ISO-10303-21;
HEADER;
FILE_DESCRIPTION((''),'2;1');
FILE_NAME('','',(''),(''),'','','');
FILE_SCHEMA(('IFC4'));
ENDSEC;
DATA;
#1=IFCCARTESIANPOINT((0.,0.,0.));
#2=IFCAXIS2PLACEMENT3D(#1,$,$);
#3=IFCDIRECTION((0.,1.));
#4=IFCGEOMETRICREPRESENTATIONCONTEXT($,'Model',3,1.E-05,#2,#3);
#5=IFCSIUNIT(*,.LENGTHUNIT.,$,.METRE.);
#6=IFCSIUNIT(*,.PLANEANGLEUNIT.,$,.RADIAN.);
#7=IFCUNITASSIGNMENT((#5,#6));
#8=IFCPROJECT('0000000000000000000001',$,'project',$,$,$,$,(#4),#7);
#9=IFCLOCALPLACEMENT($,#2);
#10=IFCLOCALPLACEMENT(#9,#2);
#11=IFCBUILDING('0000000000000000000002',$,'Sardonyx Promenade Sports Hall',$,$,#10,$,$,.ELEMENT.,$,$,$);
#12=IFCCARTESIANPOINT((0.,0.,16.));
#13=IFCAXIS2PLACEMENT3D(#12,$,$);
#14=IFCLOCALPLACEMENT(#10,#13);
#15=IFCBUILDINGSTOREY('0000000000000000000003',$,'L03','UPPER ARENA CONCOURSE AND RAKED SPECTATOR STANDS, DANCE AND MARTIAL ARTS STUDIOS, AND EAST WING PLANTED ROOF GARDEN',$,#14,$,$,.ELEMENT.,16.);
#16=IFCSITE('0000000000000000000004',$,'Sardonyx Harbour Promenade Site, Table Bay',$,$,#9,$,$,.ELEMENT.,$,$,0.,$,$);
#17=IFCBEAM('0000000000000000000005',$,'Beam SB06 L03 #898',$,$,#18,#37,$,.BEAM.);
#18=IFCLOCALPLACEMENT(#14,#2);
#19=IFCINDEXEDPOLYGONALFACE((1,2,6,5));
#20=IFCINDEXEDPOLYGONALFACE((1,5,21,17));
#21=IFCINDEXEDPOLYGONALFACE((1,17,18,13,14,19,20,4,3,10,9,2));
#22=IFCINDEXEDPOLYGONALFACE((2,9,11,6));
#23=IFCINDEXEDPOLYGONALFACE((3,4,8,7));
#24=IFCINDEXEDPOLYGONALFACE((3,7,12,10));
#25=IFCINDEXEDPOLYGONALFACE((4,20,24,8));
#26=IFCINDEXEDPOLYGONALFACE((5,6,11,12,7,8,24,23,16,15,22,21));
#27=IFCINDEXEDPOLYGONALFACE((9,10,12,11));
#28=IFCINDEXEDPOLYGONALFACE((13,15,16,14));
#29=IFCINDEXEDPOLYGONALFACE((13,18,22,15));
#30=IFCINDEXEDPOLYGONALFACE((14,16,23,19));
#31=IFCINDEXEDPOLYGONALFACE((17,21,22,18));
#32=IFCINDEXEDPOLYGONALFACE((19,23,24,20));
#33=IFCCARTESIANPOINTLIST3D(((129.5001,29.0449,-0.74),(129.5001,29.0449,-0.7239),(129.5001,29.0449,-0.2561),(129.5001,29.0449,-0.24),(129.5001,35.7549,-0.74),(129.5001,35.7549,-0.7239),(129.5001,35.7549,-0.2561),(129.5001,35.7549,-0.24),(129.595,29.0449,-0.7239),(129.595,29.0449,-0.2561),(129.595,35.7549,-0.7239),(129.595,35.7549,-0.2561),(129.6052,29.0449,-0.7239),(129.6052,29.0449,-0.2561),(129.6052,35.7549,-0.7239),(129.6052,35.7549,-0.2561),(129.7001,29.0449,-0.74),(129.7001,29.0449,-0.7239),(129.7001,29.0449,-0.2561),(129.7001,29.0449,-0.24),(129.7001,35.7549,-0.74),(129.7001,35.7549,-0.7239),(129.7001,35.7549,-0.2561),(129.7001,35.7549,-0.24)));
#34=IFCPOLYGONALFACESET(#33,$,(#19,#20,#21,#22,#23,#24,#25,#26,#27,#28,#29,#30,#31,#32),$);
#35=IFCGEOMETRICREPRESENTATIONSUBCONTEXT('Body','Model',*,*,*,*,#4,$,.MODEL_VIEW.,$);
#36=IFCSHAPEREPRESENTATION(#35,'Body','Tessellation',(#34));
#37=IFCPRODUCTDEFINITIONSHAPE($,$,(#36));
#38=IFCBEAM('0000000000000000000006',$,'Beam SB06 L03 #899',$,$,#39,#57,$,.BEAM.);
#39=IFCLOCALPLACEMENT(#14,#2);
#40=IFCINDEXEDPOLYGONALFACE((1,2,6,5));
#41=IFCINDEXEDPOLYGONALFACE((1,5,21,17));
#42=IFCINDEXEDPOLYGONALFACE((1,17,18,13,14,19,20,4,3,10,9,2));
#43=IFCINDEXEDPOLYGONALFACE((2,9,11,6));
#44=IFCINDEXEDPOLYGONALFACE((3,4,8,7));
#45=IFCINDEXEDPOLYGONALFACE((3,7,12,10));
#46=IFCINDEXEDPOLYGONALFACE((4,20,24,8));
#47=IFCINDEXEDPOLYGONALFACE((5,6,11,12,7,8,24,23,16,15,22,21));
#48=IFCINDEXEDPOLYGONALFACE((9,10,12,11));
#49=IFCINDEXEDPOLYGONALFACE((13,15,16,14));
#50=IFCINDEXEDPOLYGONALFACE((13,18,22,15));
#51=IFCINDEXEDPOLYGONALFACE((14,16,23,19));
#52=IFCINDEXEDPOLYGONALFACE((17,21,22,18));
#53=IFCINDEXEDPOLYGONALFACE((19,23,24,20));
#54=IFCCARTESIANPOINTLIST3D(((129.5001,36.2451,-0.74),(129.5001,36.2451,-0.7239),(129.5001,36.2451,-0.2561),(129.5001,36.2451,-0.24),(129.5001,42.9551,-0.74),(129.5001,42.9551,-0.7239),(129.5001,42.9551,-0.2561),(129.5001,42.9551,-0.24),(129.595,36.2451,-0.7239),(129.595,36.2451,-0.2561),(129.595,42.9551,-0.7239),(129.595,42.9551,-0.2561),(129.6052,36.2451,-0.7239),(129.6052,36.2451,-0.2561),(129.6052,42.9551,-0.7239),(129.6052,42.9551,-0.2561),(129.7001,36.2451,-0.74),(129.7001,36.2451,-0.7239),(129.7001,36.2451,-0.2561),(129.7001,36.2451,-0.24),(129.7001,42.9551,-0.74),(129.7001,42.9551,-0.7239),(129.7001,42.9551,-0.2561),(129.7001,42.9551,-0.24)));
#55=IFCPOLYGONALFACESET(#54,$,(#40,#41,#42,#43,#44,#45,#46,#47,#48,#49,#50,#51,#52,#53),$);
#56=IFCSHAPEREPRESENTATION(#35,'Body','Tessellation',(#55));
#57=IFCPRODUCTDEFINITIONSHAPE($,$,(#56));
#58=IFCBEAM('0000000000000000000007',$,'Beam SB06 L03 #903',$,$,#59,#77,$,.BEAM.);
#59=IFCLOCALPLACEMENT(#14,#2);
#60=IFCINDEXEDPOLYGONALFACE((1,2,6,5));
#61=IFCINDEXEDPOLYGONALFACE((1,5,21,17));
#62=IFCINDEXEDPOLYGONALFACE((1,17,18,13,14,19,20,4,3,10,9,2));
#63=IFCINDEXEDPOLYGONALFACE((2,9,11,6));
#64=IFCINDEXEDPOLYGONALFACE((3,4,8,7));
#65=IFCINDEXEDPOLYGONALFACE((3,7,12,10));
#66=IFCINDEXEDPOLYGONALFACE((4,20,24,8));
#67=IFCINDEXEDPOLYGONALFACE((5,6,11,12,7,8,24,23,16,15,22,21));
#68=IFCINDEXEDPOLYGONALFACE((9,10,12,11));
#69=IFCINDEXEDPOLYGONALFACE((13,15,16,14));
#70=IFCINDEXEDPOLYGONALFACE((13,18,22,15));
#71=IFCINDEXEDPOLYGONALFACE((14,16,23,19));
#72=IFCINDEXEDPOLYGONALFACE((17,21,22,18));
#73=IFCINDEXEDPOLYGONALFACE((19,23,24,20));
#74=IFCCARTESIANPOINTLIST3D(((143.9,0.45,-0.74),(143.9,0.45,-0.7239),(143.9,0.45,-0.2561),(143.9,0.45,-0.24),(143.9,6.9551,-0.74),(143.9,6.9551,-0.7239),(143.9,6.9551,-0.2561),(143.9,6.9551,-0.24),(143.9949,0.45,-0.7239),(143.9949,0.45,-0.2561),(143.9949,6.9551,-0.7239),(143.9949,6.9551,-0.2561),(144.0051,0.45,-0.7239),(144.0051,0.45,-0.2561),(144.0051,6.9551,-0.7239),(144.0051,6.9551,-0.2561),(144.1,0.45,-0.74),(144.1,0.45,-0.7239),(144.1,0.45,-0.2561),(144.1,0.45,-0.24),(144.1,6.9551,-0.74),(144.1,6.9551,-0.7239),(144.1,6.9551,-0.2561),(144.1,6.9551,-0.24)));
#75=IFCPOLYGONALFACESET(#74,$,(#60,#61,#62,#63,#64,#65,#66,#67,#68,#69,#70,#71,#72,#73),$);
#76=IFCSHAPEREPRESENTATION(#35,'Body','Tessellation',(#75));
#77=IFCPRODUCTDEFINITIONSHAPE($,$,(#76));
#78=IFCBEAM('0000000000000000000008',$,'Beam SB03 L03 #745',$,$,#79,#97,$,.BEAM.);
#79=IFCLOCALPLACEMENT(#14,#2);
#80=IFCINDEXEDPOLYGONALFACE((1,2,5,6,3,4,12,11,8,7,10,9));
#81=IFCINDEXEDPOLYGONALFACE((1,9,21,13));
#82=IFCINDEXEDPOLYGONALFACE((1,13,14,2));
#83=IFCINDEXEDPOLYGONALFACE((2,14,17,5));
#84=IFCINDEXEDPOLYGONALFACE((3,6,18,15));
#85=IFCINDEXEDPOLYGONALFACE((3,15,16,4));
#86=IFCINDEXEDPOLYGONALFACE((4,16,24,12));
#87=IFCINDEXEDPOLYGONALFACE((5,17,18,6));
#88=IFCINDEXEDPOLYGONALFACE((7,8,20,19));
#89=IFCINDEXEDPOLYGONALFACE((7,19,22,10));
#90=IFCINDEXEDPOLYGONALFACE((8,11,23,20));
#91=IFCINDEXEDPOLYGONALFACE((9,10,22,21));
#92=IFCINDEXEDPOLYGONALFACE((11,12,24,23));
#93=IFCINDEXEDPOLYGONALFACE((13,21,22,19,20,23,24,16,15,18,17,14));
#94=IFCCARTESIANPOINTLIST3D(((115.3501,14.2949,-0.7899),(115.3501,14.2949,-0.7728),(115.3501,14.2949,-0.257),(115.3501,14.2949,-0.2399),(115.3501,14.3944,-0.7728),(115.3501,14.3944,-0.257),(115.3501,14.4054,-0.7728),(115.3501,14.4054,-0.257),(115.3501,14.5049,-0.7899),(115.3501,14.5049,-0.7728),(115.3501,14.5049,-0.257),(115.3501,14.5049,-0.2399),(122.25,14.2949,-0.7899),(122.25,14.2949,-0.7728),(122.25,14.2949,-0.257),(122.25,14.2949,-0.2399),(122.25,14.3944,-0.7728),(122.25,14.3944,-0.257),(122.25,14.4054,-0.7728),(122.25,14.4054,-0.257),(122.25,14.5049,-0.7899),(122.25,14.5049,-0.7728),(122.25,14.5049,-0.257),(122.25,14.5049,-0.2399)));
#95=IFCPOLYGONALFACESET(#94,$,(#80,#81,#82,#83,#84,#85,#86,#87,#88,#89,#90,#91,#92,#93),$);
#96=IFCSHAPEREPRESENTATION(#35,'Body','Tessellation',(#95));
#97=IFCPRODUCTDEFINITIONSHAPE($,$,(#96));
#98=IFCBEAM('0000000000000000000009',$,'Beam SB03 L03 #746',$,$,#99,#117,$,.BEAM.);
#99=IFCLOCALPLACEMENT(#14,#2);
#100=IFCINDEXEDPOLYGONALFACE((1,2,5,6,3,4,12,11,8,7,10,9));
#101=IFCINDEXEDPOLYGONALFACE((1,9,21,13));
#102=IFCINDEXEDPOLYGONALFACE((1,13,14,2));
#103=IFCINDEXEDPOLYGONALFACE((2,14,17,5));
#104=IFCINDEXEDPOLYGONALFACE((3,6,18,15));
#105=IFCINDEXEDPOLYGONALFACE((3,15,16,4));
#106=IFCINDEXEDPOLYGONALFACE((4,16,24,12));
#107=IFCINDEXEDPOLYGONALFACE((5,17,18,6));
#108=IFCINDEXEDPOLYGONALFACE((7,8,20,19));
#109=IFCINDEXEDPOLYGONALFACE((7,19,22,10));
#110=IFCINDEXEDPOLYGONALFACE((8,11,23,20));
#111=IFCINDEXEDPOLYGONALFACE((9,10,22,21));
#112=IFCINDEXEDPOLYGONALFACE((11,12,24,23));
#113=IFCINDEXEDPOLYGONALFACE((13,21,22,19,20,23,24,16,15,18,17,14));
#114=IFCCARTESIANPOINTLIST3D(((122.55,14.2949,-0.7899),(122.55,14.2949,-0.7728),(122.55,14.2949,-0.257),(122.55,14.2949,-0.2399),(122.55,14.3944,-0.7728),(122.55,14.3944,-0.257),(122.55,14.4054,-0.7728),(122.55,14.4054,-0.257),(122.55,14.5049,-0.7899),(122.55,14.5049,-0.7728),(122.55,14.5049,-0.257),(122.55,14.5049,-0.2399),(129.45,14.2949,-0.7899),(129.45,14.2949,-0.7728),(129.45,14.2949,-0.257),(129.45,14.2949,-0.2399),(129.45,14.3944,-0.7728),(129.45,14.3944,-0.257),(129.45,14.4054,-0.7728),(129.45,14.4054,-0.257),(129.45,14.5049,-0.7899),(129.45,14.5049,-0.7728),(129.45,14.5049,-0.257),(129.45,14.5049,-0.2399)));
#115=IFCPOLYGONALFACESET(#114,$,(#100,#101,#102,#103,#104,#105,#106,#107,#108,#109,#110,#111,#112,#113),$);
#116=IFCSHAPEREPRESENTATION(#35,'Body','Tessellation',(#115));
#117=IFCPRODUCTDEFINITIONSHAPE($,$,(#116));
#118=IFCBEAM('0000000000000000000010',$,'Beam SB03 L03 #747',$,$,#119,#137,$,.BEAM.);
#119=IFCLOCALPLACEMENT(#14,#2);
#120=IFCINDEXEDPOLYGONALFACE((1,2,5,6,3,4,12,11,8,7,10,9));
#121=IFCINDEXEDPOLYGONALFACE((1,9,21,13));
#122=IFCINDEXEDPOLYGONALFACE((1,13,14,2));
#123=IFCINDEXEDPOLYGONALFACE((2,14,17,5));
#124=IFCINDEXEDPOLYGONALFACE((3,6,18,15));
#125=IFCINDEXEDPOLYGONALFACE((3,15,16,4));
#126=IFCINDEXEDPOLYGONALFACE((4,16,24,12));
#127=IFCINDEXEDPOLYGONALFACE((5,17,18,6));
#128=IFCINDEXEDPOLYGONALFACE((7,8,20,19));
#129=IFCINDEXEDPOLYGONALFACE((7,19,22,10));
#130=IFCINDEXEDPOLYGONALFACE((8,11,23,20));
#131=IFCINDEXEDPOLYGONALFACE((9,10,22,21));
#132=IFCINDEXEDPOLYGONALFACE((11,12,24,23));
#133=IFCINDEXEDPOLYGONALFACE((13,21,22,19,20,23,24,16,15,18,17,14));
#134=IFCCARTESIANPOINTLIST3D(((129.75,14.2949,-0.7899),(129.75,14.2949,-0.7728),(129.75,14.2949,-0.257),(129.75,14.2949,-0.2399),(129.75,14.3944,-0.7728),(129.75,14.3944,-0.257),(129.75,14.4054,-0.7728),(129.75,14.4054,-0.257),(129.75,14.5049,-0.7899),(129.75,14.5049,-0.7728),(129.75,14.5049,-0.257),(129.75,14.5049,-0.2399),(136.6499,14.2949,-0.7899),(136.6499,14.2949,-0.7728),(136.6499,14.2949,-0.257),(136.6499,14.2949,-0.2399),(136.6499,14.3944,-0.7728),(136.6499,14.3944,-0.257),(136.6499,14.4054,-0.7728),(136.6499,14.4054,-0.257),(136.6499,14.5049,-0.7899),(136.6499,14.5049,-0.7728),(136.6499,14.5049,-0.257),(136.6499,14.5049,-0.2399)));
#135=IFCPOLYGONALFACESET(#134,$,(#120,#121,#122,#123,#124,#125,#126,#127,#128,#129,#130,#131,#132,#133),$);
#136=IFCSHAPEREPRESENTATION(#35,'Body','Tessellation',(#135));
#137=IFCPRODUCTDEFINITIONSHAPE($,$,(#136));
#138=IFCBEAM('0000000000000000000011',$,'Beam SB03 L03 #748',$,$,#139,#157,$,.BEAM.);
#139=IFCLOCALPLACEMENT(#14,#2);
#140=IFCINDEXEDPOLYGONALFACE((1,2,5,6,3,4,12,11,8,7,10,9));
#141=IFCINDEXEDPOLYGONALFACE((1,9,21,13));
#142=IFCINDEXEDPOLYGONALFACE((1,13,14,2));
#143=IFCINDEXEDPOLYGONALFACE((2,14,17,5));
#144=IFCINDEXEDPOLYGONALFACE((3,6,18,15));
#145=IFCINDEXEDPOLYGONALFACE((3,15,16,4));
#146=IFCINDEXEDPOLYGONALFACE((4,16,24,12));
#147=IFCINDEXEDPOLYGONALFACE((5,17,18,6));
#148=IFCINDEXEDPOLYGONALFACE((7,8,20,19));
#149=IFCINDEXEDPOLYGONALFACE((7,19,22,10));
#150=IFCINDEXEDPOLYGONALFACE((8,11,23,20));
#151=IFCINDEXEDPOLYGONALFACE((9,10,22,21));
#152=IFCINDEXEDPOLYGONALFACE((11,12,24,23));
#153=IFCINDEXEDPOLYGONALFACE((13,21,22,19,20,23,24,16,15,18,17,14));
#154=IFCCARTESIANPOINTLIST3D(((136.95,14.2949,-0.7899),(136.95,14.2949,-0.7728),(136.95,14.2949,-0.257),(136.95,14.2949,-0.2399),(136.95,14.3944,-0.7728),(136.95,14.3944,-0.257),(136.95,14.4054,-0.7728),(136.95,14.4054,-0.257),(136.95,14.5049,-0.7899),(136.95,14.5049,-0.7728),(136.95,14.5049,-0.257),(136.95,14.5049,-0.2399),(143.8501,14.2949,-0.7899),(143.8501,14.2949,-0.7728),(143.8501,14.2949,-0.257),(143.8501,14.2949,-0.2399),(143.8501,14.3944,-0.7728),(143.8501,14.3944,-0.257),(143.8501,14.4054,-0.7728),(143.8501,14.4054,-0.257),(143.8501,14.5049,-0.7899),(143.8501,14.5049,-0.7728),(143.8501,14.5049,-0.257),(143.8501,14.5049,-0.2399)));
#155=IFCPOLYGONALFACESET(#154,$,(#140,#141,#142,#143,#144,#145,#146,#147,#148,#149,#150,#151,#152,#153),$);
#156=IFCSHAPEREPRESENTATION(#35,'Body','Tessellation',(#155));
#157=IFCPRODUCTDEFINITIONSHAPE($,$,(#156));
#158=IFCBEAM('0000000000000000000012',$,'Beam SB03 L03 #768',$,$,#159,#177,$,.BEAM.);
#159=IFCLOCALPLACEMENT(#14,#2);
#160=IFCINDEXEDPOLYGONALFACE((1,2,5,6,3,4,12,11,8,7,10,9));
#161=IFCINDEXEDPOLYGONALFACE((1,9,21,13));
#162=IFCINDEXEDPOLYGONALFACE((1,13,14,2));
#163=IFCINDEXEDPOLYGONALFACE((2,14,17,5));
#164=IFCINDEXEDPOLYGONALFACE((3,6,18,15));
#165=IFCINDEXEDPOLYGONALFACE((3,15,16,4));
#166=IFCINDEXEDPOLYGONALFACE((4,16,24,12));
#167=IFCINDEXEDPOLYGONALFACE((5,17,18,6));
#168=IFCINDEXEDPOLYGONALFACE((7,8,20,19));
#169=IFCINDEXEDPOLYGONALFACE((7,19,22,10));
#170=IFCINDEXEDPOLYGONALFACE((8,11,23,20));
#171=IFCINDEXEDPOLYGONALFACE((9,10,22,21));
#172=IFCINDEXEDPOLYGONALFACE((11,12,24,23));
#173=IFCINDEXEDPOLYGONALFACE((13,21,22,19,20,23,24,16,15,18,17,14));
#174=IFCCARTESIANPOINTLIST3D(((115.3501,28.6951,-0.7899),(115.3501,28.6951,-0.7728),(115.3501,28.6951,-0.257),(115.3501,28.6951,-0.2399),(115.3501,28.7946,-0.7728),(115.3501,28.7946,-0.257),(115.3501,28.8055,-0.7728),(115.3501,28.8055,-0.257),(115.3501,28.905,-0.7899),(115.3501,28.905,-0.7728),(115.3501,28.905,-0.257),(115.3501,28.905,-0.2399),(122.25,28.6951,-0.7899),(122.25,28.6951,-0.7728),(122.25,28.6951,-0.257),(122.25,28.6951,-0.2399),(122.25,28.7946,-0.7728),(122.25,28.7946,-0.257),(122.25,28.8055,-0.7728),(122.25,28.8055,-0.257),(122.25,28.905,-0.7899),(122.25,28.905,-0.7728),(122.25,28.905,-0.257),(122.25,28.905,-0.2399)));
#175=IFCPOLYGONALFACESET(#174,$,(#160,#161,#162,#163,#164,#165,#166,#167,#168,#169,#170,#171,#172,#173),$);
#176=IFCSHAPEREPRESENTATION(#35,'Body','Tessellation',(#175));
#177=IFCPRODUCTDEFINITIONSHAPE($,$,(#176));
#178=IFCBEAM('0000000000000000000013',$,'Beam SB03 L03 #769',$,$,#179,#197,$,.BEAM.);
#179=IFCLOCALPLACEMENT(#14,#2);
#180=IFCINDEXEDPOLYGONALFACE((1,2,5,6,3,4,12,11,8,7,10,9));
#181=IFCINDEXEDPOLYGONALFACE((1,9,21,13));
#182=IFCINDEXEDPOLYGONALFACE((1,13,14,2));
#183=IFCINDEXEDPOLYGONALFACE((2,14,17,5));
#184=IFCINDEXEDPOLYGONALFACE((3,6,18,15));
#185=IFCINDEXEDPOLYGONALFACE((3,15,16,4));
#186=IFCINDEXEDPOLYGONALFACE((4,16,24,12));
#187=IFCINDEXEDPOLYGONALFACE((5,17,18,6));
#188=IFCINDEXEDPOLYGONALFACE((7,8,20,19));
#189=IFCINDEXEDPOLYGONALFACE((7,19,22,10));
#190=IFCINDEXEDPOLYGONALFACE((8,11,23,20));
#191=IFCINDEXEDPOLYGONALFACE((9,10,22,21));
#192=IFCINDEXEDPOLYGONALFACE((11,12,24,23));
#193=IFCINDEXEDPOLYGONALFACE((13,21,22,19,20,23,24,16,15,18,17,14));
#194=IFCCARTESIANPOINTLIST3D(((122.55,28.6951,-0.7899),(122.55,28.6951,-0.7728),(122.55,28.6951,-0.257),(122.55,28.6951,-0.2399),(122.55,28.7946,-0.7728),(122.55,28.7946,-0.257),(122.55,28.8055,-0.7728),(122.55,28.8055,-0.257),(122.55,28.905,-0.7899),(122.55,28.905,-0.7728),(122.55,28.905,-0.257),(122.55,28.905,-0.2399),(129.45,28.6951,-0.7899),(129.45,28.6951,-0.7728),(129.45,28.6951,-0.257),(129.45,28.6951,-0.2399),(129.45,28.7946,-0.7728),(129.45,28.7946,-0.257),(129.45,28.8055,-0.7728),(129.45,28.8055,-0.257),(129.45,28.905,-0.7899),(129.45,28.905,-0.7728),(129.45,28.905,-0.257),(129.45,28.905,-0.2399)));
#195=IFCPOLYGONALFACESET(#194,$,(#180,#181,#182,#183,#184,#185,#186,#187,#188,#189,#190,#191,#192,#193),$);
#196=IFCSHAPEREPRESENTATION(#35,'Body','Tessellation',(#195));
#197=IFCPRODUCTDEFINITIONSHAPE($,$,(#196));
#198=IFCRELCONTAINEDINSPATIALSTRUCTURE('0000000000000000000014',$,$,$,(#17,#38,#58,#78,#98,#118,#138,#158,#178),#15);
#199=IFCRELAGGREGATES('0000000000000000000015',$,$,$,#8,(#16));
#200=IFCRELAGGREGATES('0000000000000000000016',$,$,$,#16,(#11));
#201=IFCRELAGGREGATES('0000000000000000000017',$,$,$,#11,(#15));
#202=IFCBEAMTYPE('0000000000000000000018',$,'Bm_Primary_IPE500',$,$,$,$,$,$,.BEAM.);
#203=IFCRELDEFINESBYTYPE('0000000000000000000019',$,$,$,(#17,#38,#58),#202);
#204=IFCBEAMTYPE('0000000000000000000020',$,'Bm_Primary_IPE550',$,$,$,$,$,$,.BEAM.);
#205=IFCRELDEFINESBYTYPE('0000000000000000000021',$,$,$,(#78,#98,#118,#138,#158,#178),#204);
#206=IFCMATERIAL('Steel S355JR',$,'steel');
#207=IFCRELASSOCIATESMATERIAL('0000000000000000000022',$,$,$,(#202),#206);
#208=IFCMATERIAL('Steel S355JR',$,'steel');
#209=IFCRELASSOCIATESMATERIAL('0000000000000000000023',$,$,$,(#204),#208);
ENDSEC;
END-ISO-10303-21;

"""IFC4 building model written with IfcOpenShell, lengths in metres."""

from ifc_helpers import new_model, si_unit, direction, frame, origin, origin_2d, place, context, subcontext, project, spatial, i_section, extrude, material, material_profile, profile_set, type_object, element, save


model = new_model("IFC4")

# Units and contexts
model_context = context("Model", 3, precision=1e-05, world=origin(), true_north=direction((0.0, 1.0)))
body_context = subcontext(model_context, "Body", "Model", "MODEL_VIEW")
ifc_project = project(units=[si_unit("LENGTHUNIT", "METRE"), si_unit("PLANEANGLEUNIT", "RADIAN")], contexts=[model_context])

# Site, building, storey
site_placement = place(None, origin())
site = spatial("IfcSite", under=ifc_project, at=site_placement, Name="Sardonyx Harbour Promenade Site, Table Bay", CompositionType="ELEMENT", RefElevation=0.0)
building_placement = place(site_placement, origin())
building = spatial("IfcBuilding", under=site, at=building_placement, Name="Sardonyx Promenade Sports Hall", CompositionType="ELEMENT")
storey_placement = place(building_placement, frame((0.0, 0.0, 16.0)))
storey = spatial("IfcBuildingStorey", under=building, at=storey_placement, Name="L03", Description="UPPER ARENA CONCOURSE AND RAKED SPECTATOR STANDS, DANCE AND MARTIAL ARTS STUDIOS, AND EAST WING PLANTED ROOF GARDEN", CompositionType="ELEMENT", Elevation=16.0)

# Beams
ifc_material_1 = material(Name="Steel S355JR", Category="steel")
ifc_material_profile_1 = material_profile(ifc_material_1, i_section(OverallWidth=0.2, OverallDepth=0.5, WebThickness=0.0103, FlangeThickness=0.0161, at=origin_2d()))
ifc_profile_set_1 = profile_set([ifc_material_profile_1], Name="Steel S355JR")
beam_type_1 = type_object("IfcBeamType", Name="Bm_Primary_IPE500", PredefinedType="BEAM", material=ifc_profile_set_1)
for number, where, z_axis, x_axis, name in (
    (1, (129.6001, 29.0449, -0.49), (0.0, 1.0, 0.0), (-1.0, 0.0, 0.0), "Beam SB06 L03 #898"),
    (2, (129.6001, 36.2451, -0.49), (0.0, 1.0, 0.0), (-1.0, 0.0, 0.0), "Beam SB06 L03 #899"),
):
    element("IfcBeam", number, at=place(storey_placement, frame(where, z_axis=z_axis, x_axis=x_axis)), inside=storey, type_object=beam_type_1, Name=name, PredefinedType="BEAM", context=body_context, shape_type="SweptSolid", body=[
        extrude(i_section(OverallWidth=0.2, OverallDepth=0.5, WebThickness=0.0103, FlangeThickness=0.0161, at=origin_2d()), origin(), (0.0, 0.0, 1.0), 6.71),
    ])
beam_1_placement = place(storey_placement, frame((144.0, 0.45, -0.49), z_axis=(0.0, 1.0, 0.0), x_axis=(-1.0, 0.0, 0.0)))
element("IfcBeam", 3, at=beam_1_placement, inside=storey, type_object=beam_type_1, Name="Beam SB06 L03 #903", PredefinedType="BEAM", context=body_context, shape_type="SweptSolid", body=[
    extrude(i_section(OverallWidth=0.2, OverallDepth=0.5, WebThickness=0.0103, FlangeThickness=0.0161, at=origin_2d()), origin(), (0.0, 0.0, 1.0), 6.5051),
])
ifc_material_2 = material(Name="Steel S355JR", Category="steel")
ifc_material_profile_2 = material_profile(ifc_material_2, i_section(OverallWidth=0.21, OverallDepth=0.55, WebThickness=0.011, FlangeThickness=0.0171, at=origin_2d()))
ifc_profile_set_2 = profile_set([ifc_material_profile_2], Name="Steel S355JR")
beam_type_2 = type_object("IfcBeamType", Name="Bm_Primary_IPE550", PredefinedType="BEAM", material=ifc_profile_set_2)
for number, where, z_axis, x_axis, name in (
    (4, (115.3501, 14.3999, -0.5149), (1.0, 0.0, 0.0), (0.0, 1.0, 0.0), "Beam SB03 L03 #745"),
    (5, (122.55, 14.3999, -0.5149), (1.0, 0.0, 0.0), (0.0, 1.0, 0.0), "Beam SB03 L03 #746"),
    (6, (129.75, 14.3999, -0.5149), (1.0, 0.0, 0.0), (0.0, 1.0, 0.0), "Beam SB03 L03 #747"),
):
    element("IfcBeam", number, at=place(storey_placement, frame(where, z_axis=z_axis, x_axis=x_axis)), inside=storey, type_object=beam_type_2, Name=name, PredefinedType="BEAM", context=body_context, shape_type="SweptSolid", body=[
        extrude(i_section(OverallWidth=0.21, OverallDepth=0.55, WebThickness=0.011, FlangeThickness=0.0171, at=origin_2d()), origin(), (0.0, 0.0, 1.0), 6.8999),
    ])
beam_2_placement = place(storey_placement, frame((136.95, 14.3999, -0.5149), z_axis=(1.0, 0.0, 0.0), x_axis=(0.0, 1.0, 0.0)))
element("IfcBeam", 7, at=beam_2_placement, inside=storey, type_object=beam_type_2, Name="Beam SB03 L03 #748", PredefinedType="BEAM", context=body_context, shape_type="SweptSolid", body=[
    extrude(i_section(OverallWidth=0.21, OverallDepth=0.55, WebThickness=0.011, FlangeThickness=0.0171, at=origin_2d()), origin(), (0.0, 0.0, 1.0), 6.9001),
])
for number, where, z_axis, x_axis, name in (
    (8, (115.3501, 28.8, -0.5149), (1.0, 0.0, 0.0), (0.0, 1.0, 0.0), "Beam SB03 L03 #768"),
    (9, (122.55, 28.8, -0.5149), (1.0, 0.0, 0.0), (0.0, 1.0, 0.0), "Beam SB03 L03 #769"),
):
    element("IfcBeam", number, at=place(storey_placement, frame(where, z_axis=z_axis, x_axis=x_axis)), inside=storey, type_object=beam_type_2, Name=name, PredefinedType="BEAM", context=body_context, shape_type="SweptSolid", body=[
        extrude(i_section(OverallWidth=0.21, OverallDepth=0.55, WebThickness=0.011, FlangeThickness=0.0171, at=origin_2d()), origin(), (0.0, 0.0, 1.0), 6.8999),
    ])

save(model, "model.ifc")
